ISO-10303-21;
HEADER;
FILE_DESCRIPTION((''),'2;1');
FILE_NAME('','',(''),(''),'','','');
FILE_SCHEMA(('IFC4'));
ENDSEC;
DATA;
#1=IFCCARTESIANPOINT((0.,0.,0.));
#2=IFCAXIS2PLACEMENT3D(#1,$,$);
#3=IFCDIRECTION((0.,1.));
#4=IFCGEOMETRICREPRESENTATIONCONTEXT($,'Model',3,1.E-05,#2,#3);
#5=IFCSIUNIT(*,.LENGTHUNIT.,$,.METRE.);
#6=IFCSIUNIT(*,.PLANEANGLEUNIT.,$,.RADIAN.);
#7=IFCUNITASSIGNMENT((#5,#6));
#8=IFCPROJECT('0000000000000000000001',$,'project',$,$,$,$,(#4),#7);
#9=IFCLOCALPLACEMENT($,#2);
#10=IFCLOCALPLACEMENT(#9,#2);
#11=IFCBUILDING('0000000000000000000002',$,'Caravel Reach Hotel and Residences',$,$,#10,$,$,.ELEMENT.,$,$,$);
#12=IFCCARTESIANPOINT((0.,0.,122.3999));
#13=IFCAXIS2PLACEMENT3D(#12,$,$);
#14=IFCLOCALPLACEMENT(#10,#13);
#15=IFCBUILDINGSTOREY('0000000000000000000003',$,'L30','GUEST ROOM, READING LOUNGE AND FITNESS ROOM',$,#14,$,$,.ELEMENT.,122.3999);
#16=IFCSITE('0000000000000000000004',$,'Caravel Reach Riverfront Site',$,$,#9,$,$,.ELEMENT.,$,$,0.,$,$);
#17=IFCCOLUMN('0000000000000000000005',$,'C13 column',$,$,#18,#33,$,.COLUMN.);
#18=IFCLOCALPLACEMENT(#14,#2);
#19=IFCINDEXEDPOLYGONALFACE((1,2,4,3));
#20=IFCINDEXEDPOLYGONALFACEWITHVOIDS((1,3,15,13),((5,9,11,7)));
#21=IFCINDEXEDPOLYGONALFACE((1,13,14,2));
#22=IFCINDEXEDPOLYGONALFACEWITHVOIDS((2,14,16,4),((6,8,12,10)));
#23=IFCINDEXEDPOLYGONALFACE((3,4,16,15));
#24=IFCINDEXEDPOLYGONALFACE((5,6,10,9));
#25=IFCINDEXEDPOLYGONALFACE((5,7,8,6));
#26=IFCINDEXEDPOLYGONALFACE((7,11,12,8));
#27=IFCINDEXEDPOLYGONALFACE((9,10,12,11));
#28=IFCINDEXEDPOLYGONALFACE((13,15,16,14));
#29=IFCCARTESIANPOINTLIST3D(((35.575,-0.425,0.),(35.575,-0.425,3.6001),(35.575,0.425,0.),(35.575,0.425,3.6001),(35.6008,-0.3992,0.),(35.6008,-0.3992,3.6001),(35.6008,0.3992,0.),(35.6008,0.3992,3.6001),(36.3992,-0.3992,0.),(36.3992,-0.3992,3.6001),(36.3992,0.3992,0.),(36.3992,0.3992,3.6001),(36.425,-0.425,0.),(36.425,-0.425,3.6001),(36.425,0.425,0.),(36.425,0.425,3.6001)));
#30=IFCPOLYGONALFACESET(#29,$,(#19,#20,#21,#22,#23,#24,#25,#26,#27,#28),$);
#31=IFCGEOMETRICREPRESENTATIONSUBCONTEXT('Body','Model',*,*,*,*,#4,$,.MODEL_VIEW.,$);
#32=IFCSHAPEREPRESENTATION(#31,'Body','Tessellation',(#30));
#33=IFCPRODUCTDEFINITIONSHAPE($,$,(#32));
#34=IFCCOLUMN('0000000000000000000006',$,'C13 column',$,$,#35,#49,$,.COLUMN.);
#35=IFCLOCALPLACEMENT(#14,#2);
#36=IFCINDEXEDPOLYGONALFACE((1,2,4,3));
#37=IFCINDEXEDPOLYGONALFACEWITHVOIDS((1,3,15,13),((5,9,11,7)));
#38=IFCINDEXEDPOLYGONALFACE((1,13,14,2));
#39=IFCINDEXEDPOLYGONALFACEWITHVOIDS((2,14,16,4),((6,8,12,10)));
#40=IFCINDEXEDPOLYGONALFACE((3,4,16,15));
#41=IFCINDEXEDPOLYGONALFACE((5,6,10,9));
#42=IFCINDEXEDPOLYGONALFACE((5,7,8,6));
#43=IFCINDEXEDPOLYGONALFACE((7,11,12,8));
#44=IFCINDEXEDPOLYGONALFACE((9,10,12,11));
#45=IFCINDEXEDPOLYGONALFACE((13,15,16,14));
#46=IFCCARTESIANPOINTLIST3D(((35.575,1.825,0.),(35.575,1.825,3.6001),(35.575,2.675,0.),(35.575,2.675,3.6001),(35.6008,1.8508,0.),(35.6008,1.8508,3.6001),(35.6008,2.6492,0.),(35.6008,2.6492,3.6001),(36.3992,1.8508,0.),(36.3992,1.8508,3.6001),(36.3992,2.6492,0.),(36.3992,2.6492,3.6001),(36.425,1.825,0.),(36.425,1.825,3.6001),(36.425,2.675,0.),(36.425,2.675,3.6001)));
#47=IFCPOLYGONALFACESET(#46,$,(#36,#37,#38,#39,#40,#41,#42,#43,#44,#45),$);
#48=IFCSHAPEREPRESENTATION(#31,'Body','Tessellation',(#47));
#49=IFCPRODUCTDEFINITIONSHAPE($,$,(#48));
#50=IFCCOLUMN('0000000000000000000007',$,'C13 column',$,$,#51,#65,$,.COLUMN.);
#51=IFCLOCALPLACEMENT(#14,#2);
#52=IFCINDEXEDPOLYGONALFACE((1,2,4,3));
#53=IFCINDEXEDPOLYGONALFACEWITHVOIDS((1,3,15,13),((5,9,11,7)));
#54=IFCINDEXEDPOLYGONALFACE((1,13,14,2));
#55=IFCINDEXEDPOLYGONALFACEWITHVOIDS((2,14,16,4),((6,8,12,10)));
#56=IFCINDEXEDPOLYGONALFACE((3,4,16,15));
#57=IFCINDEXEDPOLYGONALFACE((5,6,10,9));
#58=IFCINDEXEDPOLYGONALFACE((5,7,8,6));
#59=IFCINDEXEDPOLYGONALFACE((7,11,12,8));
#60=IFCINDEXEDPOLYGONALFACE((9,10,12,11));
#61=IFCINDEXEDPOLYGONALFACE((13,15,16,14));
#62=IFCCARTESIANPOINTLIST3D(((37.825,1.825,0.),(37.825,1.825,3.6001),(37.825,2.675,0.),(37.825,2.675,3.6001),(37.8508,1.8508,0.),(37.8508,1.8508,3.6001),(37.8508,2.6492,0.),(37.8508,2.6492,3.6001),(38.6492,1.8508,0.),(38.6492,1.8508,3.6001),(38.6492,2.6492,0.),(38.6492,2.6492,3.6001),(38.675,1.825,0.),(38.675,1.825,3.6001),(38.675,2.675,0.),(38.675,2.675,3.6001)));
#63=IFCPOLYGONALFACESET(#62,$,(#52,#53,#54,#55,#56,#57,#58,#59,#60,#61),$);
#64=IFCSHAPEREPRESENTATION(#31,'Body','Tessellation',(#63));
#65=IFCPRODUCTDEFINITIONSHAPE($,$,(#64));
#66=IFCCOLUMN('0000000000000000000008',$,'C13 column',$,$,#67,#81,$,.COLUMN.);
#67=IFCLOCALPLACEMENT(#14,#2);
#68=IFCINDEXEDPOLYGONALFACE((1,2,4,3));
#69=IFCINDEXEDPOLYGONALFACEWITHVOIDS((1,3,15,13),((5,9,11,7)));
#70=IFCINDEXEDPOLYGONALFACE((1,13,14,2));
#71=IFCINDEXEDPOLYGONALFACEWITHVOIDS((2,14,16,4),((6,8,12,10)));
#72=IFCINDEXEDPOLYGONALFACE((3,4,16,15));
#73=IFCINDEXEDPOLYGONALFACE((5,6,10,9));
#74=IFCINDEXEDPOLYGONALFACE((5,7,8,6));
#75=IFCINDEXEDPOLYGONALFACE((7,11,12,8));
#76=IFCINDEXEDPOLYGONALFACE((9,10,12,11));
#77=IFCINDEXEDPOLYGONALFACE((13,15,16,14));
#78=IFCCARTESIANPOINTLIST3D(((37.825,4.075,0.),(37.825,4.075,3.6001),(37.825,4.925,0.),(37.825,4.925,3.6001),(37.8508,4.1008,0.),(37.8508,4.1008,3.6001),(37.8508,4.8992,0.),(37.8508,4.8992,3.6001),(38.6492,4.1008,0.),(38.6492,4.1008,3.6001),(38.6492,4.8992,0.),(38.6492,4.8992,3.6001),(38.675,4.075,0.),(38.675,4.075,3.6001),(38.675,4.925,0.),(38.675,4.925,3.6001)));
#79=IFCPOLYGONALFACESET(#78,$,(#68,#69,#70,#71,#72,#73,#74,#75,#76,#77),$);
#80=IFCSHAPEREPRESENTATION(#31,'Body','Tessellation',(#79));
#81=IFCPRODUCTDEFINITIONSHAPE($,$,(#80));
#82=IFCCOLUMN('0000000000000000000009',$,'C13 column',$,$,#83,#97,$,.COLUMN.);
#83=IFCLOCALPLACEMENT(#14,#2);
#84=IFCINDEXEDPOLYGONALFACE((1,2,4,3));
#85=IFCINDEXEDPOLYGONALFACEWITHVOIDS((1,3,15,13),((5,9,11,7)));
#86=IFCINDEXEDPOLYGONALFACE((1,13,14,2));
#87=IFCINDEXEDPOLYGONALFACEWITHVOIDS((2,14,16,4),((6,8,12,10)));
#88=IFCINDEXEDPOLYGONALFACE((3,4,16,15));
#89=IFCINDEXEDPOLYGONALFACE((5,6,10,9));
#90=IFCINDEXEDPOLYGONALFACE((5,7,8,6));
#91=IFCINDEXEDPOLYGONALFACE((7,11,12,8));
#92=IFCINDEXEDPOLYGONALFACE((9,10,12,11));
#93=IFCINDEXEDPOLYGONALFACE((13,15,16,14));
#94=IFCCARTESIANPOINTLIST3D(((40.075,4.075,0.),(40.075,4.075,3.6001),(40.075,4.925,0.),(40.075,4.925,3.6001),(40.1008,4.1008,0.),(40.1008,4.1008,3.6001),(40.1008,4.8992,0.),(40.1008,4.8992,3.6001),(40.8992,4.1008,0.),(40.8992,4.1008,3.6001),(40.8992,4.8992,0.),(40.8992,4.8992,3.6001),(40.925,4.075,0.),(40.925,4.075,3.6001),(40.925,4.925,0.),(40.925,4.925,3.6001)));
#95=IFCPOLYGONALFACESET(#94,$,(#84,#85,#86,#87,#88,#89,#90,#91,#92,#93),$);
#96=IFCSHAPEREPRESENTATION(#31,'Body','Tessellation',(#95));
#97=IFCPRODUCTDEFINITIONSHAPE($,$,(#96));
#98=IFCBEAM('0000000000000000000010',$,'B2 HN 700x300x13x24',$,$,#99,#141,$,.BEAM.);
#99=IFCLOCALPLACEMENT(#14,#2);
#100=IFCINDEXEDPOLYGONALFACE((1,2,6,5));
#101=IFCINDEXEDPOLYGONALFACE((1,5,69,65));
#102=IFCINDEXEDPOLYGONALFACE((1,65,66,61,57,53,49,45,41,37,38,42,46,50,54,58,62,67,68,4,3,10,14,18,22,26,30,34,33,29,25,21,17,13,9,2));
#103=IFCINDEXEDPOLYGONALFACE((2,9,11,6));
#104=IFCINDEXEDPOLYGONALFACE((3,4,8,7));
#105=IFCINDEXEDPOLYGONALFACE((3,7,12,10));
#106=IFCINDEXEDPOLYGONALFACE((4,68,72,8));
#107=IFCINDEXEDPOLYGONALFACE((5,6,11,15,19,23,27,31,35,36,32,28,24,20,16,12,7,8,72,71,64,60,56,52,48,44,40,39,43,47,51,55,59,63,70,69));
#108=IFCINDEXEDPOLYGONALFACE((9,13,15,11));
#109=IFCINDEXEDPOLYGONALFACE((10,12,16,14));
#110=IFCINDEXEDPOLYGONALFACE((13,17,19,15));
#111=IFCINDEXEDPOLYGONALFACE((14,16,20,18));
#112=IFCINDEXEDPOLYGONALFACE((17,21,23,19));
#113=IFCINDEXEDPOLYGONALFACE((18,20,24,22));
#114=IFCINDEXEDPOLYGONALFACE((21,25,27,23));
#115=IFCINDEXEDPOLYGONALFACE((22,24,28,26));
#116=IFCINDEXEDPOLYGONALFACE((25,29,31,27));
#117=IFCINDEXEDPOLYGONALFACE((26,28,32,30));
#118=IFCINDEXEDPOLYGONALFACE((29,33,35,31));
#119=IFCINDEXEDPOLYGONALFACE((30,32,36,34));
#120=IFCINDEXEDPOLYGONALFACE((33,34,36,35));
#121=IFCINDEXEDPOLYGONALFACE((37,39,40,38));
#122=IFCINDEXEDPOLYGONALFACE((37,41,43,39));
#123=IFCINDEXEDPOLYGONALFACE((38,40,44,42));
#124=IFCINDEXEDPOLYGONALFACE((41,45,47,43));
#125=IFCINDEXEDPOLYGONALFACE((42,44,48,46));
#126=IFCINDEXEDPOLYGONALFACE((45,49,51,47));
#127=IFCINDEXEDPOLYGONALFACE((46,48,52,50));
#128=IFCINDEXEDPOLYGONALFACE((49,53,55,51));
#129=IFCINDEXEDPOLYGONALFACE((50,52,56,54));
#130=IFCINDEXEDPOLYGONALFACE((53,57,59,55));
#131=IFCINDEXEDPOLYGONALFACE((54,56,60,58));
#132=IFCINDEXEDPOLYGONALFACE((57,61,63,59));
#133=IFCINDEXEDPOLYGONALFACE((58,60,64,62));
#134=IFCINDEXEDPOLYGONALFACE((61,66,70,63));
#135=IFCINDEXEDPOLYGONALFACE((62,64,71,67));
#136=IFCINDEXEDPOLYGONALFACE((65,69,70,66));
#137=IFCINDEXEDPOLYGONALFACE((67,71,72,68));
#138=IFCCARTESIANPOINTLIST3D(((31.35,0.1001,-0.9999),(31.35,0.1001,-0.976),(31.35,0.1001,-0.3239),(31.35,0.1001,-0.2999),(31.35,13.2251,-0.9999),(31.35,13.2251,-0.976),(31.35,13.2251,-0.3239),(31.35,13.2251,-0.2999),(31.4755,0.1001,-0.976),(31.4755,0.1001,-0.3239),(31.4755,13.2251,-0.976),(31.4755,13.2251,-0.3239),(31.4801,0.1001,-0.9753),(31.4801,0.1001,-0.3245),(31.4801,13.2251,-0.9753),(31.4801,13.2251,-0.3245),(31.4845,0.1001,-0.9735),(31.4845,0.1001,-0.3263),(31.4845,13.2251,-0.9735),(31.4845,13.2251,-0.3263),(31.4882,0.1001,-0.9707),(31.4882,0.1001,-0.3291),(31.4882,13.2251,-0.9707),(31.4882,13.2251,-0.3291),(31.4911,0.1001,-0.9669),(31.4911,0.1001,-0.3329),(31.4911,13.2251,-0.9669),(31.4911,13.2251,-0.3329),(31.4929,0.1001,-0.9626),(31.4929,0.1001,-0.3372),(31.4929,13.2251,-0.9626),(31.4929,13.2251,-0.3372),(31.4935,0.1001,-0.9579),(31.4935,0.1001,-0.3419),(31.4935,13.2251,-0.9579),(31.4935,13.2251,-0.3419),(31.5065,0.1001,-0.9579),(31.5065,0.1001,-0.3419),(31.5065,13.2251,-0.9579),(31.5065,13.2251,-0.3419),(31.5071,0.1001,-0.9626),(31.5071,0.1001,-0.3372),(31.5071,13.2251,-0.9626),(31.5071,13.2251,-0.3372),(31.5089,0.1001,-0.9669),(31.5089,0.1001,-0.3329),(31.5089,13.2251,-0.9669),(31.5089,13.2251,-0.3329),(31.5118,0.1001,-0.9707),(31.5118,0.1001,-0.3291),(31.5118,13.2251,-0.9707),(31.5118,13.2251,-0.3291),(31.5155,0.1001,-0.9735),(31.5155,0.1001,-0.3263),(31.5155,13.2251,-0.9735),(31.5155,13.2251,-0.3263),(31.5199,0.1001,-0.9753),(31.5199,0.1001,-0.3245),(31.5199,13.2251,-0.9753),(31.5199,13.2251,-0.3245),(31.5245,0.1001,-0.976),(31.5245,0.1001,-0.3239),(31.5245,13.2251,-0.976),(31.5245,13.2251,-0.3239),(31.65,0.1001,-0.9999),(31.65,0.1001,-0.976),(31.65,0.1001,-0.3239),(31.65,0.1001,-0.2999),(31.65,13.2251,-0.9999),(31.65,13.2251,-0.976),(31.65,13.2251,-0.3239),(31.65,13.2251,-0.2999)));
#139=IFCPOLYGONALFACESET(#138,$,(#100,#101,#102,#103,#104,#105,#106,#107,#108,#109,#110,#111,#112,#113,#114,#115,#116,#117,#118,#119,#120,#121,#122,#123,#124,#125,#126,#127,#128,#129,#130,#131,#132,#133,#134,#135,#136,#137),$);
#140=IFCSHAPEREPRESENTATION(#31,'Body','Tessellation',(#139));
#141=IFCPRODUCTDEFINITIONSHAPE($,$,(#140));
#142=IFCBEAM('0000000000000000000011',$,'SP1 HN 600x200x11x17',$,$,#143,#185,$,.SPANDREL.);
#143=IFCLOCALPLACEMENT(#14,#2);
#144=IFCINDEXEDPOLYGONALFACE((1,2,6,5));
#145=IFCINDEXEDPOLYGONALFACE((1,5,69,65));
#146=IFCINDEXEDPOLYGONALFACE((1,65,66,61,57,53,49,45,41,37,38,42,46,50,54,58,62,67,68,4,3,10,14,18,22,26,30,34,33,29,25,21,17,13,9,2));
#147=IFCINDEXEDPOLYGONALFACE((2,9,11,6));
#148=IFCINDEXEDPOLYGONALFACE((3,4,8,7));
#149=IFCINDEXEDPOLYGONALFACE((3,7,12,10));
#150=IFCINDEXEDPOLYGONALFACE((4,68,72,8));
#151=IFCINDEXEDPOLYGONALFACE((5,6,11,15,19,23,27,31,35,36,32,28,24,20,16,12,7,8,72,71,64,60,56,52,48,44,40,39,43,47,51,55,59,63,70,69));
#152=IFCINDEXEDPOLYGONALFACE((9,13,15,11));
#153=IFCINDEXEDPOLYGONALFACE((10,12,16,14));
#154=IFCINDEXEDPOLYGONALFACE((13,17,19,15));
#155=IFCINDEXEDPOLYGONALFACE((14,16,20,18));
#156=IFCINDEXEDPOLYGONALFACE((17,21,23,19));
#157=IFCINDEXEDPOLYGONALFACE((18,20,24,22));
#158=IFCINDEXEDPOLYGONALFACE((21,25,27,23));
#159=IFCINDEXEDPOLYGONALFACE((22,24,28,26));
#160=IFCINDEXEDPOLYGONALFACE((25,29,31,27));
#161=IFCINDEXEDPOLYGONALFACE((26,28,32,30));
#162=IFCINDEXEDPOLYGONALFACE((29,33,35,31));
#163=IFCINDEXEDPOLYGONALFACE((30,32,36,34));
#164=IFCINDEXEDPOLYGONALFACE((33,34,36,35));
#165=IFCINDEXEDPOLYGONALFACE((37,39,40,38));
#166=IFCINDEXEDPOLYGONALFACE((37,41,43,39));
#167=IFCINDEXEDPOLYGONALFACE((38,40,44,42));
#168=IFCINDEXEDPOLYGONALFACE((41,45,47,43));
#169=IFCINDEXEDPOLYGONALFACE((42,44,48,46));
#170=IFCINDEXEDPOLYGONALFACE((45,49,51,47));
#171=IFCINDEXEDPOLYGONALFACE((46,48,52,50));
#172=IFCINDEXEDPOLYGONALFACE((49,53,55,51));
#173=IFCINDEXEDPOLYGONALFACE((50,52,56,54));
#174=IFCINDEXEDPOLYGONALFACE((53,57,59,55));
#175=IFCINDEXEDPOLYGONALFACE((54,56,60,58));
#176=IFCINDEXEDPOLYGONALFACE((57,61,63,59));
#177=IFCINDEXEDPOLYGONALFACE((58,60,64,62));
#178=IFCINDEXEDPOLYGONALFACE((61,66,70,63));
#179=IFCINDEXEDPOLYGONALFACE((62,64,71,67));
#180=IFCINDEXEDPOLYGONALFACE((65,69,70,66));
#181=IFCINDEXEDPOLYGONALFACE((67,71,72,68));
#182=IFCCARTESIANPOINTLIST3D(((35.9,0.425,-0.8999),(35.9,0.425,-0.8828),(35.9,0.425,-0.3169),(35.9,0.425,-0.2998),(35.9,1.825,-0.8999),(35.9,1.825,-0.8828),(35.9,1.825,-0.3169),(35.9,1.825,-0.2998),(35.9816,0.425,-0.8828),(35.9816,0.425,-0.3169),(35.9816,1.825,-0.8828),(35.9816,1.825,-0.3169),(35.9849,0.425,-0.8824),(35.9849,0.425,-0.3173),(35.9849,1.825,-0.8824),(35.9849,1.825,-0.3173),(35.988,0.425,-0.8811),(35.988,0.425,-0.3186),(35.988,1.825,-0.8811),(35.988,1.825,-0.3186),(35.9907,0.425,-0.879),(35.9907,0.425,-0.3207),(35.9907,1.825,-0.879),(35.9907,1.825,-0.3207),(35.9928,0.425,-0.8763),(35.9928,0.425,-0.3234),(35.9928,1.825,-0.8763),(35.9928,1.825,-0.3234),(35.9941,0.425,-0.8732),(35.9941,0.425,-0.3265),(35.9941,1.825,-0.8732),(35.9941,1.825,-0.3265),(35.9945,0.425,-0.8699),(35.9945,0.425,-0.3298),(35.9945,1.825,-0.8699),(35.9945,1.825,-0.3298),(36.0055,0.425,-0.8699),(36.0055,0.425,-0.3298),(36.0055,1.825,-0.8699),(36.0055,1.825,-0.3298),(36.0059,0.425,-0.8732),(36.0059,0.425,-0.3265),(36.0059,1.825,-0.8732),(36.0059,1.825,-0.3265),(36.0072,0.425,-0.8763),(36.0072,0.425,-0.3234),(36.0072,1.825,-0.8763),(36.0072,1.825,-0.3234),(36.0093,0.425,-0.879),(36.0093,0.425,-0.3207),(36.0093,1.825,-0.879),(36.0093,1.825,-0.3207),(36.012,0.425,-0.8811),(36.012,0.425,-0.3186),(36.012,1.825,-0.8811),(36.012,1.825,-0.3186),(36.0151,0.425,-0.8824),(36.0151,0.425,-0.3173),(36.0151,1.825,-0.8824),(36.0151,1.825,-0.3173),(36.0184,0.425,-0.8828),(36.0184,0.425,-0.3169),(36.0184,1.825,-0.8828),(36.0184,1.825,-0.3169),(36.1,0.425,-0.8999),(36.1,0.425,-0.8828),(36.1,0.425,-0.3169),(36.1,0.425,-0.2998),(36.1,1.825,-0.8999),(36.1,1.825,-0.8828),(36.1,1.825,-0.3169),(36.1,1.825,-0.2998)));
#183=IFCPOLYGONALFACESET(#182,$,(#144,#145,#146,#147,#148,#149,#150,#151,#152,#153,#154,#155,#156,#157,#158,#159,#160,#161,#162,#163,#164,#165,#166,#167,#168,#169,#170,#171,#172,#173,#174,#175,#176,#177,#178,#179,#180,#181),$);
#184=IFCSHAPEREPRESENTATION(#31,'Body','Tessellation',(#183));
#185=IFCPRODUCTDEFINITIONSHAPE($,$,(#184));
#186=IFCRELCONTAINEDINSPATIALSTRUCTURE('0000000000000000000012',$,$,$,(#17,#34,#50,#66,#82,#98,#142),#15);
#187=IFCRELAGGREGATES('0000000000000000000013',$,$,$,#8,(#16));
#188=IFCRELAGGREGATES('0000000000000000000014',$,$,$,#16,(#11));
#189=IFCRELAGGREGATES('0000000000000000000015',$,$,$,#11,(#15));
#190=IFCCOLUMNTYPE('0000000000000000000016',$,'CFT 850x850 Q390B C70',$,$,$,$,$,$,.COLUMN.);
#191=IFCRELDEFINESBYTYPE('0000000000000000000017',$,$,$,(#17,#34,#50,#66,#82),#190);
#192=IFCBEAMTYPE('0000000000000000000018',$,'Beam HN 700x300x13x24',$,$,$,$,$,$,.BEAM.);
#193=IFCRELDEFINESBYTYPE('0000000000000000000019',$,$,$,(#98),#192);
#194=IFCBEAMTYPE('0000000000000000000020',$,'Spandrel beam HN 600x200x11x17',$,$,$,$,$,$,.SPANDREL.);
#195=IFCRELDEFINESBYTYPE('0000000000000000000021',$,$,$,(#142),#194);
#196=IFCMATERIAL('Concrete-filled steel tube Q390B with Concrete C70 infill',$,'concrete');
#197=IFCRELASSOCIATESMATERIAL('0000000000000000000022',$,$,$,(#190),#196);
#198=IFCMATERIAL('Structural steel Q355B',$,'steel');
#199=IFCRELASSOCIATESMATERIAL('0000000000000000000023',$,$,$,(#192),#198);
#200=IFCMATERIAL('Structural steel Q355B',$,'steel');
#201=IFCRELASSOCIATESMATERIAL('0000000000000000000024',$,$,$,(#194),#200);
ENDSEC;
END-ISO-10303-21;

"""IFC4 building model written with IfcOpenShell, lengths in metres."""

from ifc_helpers import new_model, si_unit, direction, frame, origin, origin_2d, place, context, subcontext, project, spatial, hollow_rectangle, i_section, extrude, material, material_profile, profile_set, type_object, element, save


model = new_model("IFC4")

# Units and contexts
model_context = context("Model", 3, precision=1e-05, world=origin(), true_north=direction((0.0, 1.0)))
body_context = subcontext(model_context, "Body", "Model", "MODEL_VIEW")
ifc_project = project(units=[si_unit("LENGTHUNIT", "METRE"), si_unit("PLANEANGLEUNIT", "RADIAN")], contexts=[model_context])

# Site, building, storey
site_placement = place(None, origin())
site = spatial("IfcSite", under=ifc_project, at=site_placement, Name="Caravel Reach Riverfront Site", CompositionType="ELEMENT", RefElevation=0.0)
building_placement = place(site_placement, origin())
building = spatial("IfcBuilding", under=site, at=building_placement, Name="Caravel Reach Hotel and Residences", CompositionType="ELEMENT")
storey_placement = place(building_placement, frame((0.0, 0.0, 122.3999)))
storey = spatial("IfcBuildingStorey", under=building, at=storey_placement, Name="L30", Description="GUEST ROOM, READING LOUNGE AND FITNESS ROOM", CompositionType="ELEMENT", Elevation=122.3999)

# Columns
ifc_material_1 = material(Name="Concrete-filled steel tube Q390B with Concrete C70 infill", Category="concrete")
ifc_material_profile_1 = material_profile(ifc_material_1, hollow_rectangle(XDim=0.8501, YDim=0.8501, WallThickness=0.0259, at=origin_2d()), Name="RHS 850x850x26")
ifc_profile_set_1 = profile_set([ifc_material_profile_1], Name="Concrete-filled steel tube Q390B with Concrete C70 infill")
column_type = type_object("IfcColumnType", Name="CFT 850x850 Q390B C70", PredefinedType="COLUMN", material=ifc_profile_set_1)
for number, where, z_axis, x_axis, name in (
    (1, (36.0, 0.0, 0.0), (0.0, 0.0, 1.0), (1.0, 0.0, 0.0), "C13 column"),
    (2, (36.0, 2.25, 0.0), (0.0, 0.0, 1.0), (1.0, 0.0, 0.0), "C13 column"),
    (3, (38.25, 2.25, 0.0), (0.0, 0.0, 1.0), (1.0, 0.0, 0.0), "C13 column"),
    (4, (38.25, 4.5, 0.0), (0.0, 0.0, 1.0), (1.0, 0.0, 0.0), "C13 column"),
    (5, (40.5, 4.5, 0.0), (0.0, 0.0, 1.0), (1.0, 0.0, 0.0), "C13 column"),
):
    element("IfcColumn", number, at=place(storey_placement, frame(where, z_axis=z_axis, x_axis=x_axis)), inside=storey, type_object=column_type, Name=name, PredefinedType="COLUMN", context=body_context, shape_type="SweptSolid", body=[
        extrude(hollow_rectangle(XDim=0.8501, YDim=0.8501, WallThickness=0.0259, at=origin_2d()), origin(), (0.0, 0.0, 1.0), 3.6001),
    ])

# Beams
ifc_material_2 = material(Name="Structural steel Q355B", Category="steel")
ifc_material_profile_2 = material_profile(ifc_material_2, i_section(OverallWidth=0.3, OverallDepth=0.7, WebThickness=0.0129, FlangeThickness=0.0239, FilletRadius=0.0181, at=origin_2d()), Name="HN 700x300x13x24")
ifc_profile_set_2 = profile_set([ifc_material_profile_2], Name="Structural steel Q355B")
beam_type_1 = type_object("IfcBeamType", Name="Beam HN 700x300x13x24", PredefinedType="BEAM", material=ifc_profile_set_2)
beam_1_placement = place(storey_placement, frame((31.5, 13.2251, -0.6499), z_axis=(0.0, -1.0, 0.0), x_axis=(1.0, 0.0, 0.0)))
element("IfcBeam", 6, at=beam_1_placement, inside=storey, type_object=beam_type_1, Name="B2 HN 700x300x13x24", PredefinedType="BEAM", context=body_context, shape_type="SweptSolid", body=[
    extrude(i_section(OverallWidth=0.3, OverallDepth=0.7, WebThickness=0.0129, FlangeThickness=0.0239, FilletRadius=0.0181, at=origin_2d()), origin(), (0.0, 0.0, 1.0), 13.125),
])
ifc_material_3 = material(Name="Structural steel Q355B", Category="steel")
ifc_material_profile_3 = material_profile(ifc_material_3, i_section(OverallWidth=0.2, OverallDepth=0.6001, WebThickness=0.011, FlangeThickness=0.0171, FilletRadius=0.0129, at=origin_2d()), Name="HN 600x200x11x17")
ifc_profile_set_3 = profile_set([ifc_material_profile_3], Name="Structural steel Q355B")
beam_type_2 = type_object("IfcBeamType", Name="Spandrel beam HN 600x200x11x17", PredefinedType="SPANDREL", material=ifc_profile_set_3)
for number, where, z_axis, x_axis, name in (
    (7, (36.0, 0.425, -0.5999), (0.0, 1.0, 0.0), (-1.0, 0.0, 0.0), "SP1 HN 600x200x11x17"),
):
    element("IfcBeam", number, at=place(storey_placement, frame(where, z_axis=z_axis, x_axis=x_axis)), inside=storey, type_object=beam_type_2, Name=name, PredefinedType="SPANDREL", context=body_context, shape_type="SweptSolid", body=[
        extrude(i_section(OverallWidth=0.2, OverallDepth=0.6001, WebThickness=0.011, FlangeThickness=0.0171, FilletRadius=0.0129, at=origin_2d()), origin(), (0.0, 0.0, 1.0), 1.3999),
    ])

save(model, "model.ifc")
